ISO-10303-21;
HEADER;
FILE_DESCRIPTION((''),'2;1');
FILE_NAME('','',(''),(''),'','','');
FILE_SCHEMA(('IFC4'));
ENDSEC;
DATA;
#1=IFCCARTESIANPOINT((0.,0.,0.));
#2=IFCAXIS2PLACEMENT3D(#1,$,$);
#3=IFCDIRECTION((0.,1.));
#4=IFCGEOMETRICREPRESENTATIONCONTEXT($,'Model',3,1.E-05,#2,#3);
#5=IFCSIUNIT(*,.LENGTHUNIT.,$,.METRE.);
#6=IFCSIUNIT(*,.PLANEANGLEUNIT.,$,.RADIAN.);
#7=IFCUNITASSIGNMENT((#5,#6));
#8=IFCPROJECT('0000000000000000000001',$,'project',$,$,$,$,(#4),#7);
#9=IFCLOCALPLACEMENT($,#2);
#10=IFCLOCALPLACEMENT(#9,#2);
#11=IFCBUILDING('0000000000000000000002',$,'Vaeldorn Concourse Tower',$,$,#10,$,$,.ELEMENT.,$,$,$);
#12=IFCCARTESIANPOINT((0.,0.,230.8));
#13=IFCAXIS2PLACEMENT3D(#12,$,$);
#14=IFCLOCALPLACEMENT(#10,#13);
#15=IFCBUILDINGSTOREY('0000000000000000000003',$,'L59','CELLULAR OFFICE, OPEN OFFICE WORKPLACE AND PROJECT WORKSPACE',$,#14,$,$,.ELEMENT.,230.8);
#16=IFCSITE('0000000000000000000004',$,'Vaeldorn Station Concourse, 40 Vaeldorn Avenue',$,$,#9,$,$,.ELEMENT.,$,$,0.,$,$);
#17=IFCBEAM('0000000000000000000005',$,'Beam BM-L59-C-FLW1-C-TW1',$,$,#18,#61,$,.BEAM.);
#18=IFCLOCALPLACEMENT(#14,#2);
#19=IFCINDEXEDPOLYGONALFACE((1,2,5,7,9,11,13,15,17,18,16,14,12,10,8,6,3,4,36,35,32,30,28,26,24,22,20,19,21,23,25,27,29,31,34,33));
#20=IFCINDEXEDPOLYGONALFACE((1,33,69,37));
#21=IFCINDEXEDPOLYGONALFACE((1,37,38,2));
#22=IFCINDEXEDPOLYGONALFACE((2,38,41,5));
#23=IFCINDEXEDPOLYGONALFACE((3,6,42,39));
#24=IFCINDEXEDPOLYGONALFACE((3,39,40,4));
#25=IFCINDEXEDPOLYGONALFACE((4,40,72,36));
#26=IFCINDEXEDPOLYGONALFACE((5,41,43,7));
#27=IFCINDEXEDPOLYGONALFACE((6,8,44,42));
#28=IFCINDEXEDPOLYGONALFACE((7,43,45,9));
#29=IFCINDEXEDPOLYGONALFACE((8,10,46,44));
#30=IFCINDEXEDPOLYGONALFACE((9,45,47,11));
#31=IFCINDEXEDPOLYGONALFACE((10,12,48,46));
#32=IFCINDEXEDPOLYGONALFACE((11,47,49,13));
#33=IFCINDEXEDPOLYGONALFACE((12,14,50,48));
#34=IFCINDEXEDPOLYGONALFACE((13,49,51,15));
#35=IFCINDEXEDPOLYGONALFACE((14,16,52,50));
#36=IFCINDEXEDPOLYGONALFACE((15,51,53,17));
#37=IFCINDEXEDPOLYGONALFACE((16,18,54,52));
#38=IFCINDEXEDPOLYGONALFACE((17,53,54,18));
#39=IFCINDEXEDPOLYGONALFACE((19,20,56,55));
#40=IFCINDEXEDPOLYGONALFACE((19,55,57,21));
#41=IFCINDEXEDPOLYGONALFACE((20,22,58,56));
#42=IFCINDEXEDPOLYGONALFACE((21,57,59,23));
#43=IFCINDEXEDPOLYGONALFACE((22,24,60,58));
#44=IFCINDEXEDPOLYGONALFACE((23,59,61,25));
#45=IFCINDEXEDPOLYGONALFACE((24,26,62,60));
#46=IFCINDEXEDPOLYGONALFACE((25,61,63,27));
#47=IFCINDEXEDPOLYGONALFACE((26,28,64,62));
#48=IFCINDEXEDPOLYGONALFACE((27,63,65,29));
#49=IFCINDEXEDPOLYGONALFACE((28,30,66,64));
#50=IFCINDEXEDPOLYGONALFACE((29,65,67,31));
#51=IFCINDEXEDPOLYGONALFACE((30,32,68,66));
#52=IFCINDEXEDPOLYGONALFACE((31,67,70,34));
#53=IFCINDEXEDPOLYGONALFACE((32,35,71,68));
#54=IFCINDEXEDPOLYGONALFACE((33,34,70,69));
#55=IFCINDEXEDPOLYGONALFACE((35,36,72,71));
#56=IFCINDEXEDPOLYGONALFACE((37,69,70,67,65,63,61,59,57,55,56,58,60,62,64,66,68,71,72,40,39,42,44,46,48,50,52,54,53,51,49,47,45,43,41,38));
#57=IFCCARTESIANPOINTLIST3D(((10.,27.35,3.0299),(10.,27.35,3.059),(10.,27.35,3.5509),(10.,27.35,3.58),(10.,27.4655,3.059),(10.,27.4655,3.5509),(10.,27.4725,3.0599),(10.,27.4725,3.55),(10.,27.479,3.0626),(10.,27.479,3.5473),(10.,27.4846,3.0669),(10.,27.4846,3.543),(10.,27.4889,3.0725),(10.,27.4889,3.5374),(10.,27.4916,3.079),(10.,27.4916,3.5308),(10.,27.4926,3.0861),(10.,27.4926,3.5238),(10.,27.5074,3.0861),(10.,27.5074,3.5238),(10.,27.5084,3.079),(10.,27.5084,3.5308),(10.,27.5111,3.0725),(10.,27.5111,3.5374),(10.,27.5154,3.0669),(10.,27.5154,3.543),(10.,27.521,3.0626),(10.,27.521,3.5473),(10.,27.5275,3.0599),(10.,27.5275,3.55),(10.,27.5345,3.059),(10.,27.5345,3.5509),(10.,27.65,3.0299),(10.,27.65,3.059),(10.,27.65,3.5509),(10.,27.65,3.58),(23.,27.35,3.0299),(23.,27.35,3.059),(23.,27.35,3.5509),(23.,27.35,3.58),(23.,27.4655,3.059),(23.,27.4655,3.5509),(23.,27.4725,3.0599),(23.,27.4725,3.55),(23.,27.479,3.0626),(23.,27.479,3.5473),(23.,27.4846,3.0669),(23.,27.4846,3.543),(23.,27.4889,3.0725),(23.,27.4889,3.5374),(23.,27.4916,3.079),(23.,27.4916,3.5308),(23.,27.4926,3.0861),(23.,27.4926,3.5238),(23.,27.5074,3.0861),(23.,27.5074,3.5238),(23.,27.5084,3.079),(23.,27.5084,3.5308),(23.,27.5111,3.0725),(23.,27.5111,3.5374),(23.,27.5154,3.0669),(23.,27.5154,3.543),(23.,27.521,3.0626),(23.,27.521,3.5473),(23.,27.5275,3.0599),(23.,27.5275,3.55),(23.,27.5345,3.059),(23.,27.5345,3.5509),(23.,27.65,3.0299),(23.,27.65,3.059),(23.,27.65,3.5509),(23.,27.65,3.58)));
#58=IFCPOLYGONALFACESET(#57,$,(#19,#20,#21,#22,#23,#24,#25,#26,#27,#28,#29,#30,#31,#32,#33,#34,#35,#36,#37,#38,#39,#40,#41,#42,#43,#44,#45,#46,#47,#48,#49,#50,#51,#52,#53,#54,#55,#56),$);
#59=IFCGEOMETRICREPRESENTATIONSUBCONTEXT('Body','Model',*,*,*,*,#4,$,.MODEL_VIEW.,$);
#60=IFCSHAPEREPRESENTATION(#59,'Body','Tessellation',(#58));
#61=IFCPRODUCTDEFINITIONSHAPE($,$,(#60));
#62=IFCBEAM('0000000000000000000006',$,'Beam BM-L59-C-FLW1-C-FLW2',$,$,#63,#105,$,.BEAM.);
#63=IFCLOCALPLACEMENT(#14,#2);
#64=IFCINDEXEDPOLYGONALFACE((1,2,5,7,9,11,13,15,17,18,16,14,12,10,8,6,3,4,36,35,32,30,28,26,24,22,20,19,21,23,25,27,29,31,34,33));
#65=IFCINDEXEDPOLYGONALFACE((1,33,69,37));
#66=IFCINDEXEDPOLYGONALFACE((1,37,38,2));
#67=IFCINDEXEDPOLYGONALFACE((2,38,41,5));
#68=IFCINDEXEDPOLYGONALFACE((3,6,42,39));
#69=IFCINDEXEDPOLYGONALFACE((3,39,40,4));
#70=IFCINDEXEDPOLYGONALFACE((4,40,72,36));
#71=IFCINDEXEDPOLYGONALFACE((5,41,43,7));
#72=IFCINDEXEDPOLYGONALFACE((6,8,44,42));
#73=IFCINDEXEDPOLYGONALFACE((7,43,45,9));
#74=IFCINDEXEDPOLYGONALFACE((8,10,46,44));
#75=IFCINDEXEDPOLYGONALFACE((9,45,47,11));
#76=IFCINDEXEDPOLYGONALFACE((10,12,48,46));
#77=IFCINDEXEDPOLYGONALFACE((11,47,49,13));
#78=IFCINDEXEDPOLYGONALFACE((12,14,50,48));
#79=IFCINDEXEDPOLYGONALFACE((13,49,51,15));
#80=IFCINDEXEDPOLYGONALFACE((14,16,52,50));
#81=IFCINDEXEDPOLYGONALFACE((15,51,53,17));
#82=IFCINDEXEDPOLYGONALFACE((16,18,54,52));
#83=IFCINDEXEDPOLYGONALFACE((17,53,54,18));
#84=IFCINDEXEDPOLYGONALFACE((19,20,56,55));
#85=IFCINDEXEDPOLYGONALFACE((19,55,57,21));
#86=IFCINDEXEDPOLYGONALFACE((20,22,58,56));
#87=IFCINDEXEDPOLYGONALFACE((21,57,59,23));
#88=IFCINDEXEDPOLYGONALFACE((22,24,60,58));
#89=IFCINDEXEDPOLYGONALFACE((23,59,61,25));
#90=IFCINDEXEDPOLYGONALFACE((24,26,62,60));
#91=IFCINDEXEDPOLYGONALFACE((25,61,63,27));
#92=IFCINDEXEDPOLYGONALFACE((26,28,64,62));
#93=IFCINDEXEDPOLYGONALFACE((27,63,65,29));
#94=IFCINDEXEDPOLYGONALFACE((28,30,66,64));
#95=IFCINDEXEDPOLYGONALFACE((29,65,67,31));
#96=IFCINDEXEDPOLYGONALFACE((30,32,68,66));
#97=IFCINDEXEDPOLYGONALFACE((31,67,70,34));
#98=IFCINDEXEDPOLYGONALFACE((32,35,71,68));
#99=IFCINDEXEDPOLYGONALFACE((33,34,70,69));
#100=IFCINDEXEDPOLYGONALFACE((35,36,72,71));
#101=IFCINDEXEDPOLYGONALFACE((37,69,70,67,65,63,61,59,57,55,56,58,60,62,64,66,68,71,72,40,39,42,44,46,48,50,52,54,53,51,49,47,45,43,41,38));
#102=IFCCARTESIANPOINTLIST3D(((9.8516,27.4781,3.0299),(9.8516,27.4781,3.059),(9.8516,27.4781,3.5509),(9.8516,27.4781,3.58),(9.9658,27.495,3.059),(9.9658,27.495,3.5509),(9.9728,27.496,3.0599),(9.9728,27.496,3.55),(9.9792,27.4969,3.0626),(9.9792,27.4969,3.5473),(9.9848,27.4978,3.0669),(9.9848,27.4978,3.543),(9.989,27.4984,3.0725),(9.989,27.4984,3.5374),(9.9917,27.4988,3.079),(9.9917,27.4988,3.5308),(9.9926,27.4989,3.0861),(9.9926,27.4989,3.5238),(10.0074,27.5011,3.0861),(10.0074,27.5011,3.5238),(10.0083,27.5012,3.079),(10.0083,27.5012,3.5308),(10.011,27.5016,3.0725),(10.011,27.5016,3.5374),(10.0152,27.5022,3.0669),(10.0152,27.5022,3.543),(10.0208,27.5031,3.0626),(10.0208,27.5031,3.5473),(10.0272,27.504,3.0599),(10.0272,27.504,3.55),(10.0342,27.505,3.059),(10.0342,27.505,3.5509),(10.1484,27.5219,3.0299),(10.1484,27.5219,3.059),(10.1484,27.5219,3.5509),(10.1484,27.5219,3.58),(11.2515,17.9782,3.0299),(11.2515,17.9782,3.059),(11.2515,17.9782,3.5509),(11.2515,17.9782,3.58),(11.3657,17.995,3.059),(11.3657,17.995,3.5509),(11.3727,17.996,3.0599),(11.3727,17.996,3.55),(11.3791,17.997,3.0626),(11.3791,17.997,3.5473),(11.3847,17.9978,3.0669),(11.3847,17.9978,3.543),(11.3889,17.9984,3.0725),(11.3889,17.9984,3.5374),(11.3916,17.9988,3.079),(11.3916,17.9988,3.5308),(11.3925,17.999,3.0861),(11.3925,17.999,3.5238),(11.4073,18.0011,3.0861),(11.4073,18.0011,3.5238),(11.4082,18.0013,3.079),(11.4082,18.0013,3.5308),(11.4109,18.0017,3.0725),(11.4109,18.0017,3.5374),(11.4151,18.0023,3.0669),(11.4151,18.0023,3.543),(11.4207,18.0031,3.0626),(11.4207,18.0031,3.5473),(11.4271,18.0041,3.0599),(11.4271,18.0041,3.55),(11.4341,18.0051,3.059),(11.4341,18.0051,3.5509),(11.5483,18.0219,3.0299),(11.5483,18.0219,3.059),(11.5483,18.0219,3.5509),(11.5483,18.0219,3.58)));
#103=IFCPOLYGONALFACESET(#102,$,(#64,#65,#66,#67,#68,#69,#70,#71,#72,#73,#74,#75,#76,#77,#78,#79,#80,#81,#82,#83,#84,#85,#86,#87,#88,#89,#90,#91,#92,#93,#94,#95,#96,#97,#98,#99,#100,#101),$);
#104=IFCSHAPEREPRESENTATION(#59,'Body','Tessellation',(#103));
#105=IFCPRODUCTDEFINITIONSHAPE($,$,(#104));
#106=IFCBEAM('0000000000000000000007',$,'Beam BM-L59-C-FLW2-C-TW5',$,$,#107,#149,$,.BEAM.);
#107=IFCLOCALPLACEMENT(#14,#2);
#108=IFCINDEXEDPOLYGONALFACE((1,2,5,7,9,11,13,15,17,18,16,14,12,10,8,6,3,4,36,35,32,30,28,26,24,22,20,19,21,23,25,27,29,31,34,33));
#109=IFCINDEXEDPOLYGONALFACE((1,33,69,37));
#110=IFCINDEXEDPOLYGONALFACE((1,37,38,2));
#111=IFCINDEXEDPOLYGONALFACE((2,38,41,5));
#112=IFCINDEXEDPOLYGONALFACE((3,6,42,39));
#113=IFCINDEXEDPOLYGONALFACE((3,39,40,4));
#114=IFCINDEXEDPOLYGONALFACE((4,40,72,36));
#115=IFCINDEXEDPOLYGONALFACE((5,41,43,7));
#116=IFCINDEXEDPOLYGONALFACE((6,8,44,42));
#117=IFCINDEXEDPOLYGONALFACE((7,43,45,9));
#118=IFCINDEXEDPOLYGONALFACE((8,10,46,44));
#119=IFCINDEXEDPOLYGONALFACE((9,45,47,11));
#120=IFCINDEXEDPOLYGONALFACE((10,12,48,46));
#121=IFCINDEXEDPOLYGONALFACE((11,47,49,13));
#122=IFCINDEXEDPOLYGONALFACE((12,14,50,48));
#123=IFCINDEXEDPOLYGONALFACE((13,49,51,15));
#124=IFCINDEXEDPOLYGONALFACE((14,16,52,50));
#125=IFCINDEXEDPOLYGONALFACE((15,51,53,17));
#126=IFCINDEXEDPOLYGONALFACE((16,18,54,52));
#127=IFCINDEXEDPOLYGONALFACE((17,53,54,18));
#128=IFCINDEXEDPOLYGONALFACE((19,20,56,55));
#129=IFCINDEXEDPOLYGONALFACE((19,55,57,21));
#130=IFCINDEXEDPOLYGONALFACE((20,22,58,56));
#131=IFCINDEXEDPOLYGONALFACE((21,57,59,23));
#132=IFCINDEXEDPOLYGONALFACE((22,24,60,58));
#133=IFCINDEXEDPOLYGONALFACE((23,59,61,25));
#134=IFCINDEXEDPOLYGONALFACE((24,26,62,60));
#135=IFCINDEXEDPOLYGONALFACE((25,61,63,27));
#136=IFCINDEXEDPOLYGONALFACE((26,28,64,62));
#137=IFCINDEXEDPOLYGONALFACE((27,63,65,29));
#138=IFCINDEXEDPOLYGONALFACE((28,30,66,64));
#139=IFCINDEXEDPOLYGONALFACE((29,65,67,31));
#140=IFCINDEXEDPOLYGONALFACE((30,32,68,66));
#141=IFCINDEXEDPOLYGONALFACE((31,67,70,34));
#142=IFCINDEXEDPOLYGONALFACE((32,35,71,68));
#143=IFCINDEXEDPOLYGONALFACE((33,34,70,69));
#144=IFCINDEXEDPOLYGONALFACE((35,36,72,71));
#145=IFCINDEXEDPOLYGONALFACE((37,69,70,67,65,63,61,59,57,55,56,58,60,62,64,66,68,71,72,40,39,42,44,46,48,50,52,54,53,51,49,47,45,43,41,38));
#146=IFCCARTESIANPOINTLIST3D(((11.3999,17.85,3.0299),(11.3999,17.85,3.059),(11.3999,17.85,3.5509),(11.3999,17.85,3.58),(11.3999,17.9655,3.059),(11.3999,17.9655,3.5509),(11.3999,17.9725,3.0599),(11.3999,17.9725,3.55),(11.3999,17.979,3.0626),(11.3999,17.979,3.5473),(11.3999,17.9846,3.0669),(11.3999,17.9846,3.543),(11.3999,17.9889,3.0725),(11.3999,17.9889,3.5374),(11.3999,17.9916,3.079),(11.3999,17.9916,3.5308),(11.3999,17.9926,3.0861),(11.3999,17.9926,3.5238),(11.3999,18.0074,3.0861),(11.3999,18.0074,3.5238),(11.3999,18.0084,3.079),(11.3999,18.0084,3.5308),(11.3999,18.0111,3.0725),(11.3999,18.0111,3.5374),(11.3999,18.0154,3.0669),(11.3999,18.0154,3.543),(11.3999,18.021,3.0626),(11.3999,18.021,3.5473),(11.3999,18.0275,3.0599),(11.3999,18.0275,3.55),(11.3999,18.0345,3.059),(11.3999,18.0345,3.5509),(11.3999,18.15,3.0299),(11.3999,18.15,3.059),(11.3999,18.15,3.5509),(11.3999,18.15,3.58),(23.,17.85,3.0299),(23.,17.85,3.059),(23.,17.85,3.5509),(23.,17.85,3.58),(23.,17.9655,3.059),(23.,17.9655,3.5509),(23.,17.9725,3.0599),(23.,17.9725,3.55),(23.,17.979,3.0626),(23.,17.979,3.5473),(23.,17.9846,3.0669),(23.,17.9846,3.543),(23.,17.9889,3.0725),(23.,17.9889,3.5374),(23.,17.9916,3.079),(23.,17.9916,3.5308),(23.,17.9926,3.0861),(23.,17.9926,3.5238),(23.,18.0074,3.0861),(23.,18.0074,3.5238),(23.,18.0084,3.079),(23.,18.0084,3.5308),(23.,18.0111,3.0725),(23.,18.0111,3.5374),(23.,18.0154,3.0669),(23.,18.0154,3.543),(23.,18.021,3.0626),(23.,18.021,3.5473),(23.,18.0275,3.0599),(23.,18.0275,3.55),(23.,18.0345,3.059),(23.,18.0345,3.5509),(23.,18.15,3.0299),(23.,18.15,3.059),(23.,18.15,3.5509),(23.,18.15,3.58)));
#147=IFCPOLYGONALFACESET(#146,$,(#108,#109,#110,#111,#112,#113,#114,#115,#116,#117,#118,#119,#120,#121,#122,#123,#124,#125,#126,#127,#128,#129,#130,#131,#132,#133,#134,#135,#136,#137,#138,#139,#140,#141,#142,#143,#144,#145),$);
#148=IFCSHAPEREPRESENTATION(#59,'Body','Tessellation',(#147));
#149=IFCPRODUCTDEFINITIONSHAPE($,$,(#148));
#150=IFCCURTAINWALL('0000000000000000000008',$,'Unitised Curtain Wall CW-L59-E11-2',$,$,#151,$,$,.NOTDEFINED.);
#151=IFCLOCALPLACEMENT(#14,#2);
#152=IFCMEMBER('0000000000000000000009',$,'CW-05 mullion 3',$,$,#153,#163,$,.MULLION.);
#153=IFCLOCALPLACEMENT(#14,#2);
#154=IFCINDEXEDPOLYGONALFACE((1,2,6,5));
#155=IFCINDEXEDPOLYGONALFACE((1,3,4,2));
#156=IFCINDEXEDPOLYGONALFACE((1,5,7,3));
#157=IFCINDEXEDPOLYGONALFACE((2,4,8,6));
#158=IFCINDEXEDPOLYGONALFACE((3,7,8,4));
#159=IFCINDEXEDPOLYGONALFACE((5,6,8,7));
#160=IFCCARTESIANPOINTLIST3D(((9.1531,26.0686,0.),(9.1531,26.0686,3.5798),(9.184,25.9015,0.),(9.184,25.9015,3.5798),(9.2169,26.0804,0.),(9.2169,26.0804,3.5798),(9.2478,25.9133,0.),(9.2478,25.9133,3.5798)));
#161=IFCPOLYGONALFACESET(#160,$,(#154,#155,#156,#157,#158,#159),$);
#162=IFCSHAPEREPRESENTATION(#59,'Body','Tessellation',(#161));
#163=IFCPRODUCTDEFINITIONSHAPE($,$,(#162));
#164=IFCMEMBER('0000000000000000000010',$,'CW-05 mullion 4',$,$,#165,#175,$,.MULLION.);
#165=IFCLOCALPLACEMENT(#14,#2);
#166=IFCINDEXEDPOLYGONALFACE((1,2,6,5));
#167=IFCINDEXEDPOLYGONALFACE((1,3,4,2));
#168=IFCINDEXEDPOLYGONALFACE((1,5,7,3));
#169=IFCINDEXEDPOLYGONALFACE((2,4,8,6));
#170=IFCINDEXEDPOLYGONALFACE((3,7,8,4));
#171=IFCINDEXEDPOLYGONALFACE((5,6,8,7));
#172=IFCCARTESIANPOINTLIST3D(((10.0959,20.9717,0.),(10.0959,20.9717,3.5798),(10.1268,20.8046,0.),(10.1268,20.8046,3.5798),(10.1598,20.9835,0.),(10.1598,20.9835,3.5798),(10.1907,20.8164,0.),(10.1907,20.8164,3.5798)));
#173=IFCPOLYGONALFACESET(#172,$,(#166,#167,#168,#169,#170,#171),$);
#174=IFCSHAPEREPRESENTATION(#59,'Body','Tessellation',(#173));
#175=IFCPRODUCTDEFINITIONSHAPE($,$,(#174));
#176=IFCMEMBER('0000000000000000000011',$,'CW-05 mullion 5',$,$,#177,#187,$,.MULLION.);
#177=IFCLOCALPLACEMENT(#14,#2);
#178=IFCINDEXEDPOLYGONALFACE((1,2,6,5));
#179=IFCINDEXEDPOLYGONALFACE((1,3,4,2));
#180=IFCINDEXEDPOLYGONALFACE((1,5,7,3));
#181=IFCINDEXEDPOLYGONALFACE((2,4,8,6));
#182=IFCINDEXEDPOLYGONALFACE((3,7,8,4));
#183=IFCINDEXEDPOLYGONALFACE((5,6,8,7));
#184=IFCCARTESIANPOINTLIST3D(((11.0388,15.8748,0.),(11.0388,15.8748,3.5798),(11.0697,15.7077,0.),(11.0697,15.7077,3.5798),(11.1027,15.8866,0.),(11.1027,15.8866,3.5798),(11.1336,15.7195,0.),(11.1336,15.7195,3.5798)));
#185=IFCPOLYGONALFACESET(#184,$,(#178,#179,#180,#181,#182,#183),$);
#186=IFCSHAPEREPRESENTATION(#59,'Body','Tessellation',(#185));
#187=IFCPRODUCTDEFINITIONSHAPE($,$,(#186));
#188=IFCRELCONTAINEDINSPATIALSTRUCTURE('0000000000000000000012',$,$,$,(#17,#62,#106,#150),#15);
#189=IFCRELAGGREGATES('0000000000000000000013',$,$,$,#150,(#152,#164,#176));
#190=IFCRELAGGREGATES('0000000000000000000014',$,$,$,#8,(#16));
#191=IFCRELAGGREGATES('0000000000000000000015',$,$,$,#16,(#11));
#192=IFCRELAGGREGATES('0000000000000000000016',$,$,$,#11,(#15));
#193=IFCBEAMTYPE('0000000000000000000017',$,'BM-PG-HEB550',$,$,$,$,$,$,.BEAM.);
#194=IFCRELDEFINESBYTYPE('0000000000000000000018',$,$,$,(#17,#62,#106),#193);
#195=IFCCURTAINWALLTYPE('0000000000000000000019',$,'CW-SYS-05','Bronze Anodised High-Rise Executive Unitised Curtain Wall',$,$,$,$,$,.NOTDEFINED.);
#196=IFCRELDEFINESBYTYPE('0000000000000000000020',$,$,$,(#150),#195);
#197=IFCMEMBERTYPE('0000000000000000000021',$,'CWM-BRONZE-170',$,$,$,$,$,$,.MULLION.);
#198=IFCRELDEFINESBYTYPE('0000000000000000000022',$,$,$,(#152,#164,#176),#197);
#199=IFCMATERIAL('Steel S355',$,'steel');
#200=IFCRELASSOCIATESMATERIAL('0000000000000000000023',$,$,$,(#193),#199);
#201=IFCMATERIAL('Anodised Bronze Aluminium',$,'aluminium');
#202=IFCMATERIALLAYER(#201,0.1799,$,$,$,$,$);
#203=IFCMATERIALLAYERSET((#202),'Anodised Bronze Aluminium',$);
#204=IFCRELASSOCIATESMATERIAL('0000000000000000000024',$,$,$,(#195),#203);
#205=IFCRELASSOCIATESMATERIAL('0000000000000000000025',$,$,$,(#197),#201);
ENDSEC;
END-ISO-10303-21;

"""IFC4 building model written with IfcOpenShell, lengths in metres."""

from ifc_helpers import new_model, si_unit, direction, frame, origin, origin_2d, place, context, subcontext, project, spatial, rectangle, i_section, extrude, source, transform, mapped, material, layer, layer_set, material_profile, profile_set, type_object, element, aggregate, save


model = new_model("IFC4")

# Units and contexts
model_context = context("Model", 3, precision=1e-05, world=origin(), true_north=direction((0.0, 1.0)))
body_context = subcontext(model_context, "Body", "Model", "MODEL_VIEW")
ifc_project = project(units=[si_unit("LENGTHUNIT", "METRE"), si_unit("PLANEANGLEUNIT", "RADIAN")], contexts=[model_context])

# Site, building, storey
site_placement = place(None, origin())
site = spatial("IfcSite", under=ifc_project, at=site_placement, Name="Vaeldorn Station Concourse, 40 Vaeldorn Avenue", CompositionType="ELEMENT", RefElevation=0.0)
building_placement = place(site_placement, origin())
building = spatial("IfcBuilding", under=site, at=building_placement, Name="Vaeldorn Concourse Tower", CompositionType="ELEMENT")
storey_placement = place(building_placement, frame((0.0, 0.0, 230.8)))
storey = spatial("IfcBuildingStorey", under=building, at=storey_placement, Name="L59", Description="CELLULAR OFFICE, OPEN OFFICE WORKPLACE AND PROJECT WORKSPACE", CompositionType="ELEMENT", Elevation=230.8)

# Shared definitions
ifc_material_1 = material(Name="Steel S355", Category="steel")

# Beams
ifc_material_profile_1 = material_profile(ifc_material_1, i_section(OverallWidth=0.3, OverallDepth=0.55, WebThickness=0.0149, FlangeThickness=0.0291, FilletRadius=0.0271, at=origin_2d()), Name="HEB 550")
ifc_profile_set_1 = profile_set([ifc_material_profile_1], Name="Steel S355")
beam_type_1 = type_object("IfcBeamType", Name="BM-PG-HEB550", PredefinedType="BEAM", material=ifc_profile_set_1)
shared_shape_1 = source(origin(), body_context, "Body", "SweptSolid", [
    extrude(i_section(OverallWidth=0.3, OverallDepth=0.55, WebThickness=0.0149, FlangeThickness=0.0291, FilletRadius=0.0271, at=origin_2d()), origin(), (0.0, 0.0, 1.0), 13.0),
])
beam_1_placement = place(storey_placement, frame((10.0, 27.5, 3.3049), z_axis=(1.0, 0.0, 0.0), x_axis=(0.0, 1.0, 0.0)))
element("IfcBeam", 1, at=beam_1_placement, inside=storey, type_object=beam_type_1, Name="Beam BM-L59-C-FLW1-C-TW1", PredefinedType="BEAM", context=body_context, shape_type="MappedRepresentation", body=[
    mapped(shared_shape_1, transform((0.0, 0.0, 0.0), scale=1.0)),
])
shared_shape_2 = source(origin(), body_context, "Body", "SweptSolid", [
    extrude(i_section(OverallWidth=0.3, OverallDepth=0.55, WebThickness=0.0149, FlangeThickness=0.0291, FilletRadius=0.0271, at=origin_2d()), origin(), (0.0, 0.0, 1.0), 9.6025),
])
beam_2_placement = place(storey_placement, frame((10.0, 27.5, 3.3049), z_axis=(0.145784, -0.989316, 0.0), x_axis=(0.989316, 0.145784, 0.0)))
element("IfcBeam", 2, at=beam_2_placement, inside=storey, type_object=beam_type_1, Name="Beam BM-L59-C-FLW1-C-FLW2", PredefinedType="BEAM", context=body_context, shape_type="MappedRepresentation", body=[
    mapped(shared_shape_2, transform((0.0, 0.0, 0.0), scale=1.0)),
])
shared_shape_3 = source(origin(), body_context, "Body", "SweptSolid", [
    extrude(i_section(OverallWidth=0.3, OverallDepth=0.55, WebThickness=0.0149, FlangeThickness=0.0291, FilletRadius=0.0271, at=origin_2d()), origin(), (0.0, 0.0, 1.0), 11.6001),
])
beam_3_placement = place(storey_placement, frame((11.3999, 18.0, 3.3049), z_axis=(1.0, 0.0, 0.0), x_axis=(0.0, 1.0, 0.0)))
element("IfcBeam", 3, at=beam_3_placement, inside=storey, type_object=beam_type_1, Name="Beam BM-L59-C-FLW2-C-TW5", PredefinedType="BEAM", context=body_context, shape_type="MappedRepresentation", body=[
    mapped(shared_shape_3, transform((0.0, 0.0, 0.0), scale=1.0)),
])

# Curtain wall, members
ifc_material_2 = material(Name="Anodised Bronze Aluminium", Category="aluminium")
ifc_layer_1 = layer(ifc_material_2, 0.1799)
ifc_layer_set_1 = layer_set([ifc_layer_1], Name="Anodised Bronze Aluminium")
curtain_wall_type = type_object("IfcCurtainWallType", Name="CW-SYS-05", Description="Bronze Anodised High-Rise Executive Unitised Curtain Wall", PredefinedType="NOTDEFINED", material=ifc_layer_set_1)
curtain_wall_placement = place(storey_placement, origin())
curtain_wall = element("IfcCurtainWall", 4, at=curtain_wall_placement, inside=storey, type_object=curtain_wall_type, Name="Unitised Curtain Wall CW-L59-E11-2", PredefinedType="NOTDEFINED")
ifc_material_profile_2 = material_profile(ifc_material_2, rectangle(XDim=0.0649, YDim=0.1699, at=origin_2d()), Name="CWM 65x170")
ifc_profile_set_2 = profile_set([ifc_material_profile_2], Name="Anodised Bronze Aluminium")
member_type_1 = type_object("IfcMemberType", Name="CWM-BRONZE-170", PredefinedType="MULLION", material=ifc_profile_set_2)
shared_shape_4 = source(origin(), body_context, "Body", "SweptSolid", [
    extrude(rectangle(XDim=0.0649, YDim=0.1699, at=origin_2d()), origin(), (0.0, 0.0, 1.0), 3.5798),
])
member_1_placement = place(storey_placement, frame((9.2004, 25.991, 0.0), z_axis=(0.0, 0.0, 1.0), x_axis=(0.983319, 0.18189, 0.0)))
member_1 = element("IfcMember", 5, at=member_1_placement, type_object=member_type_1, Name="CW-05 mullion 3", PredefinedType="MULLION", context=body_context, shape_type="MappedRepresentation", body=[
    mapped(shared_shape_4, transform((0.0, 0.0, 0.0), scale=1.0)),
])
member_2_placement = place(storey_placement, frame((10.1433, 20.894, 0.0), z_axis=(0.0, 0.0, 1.0), x_axis=(0.983319, 0.18189, 0.0)))
member_2 = element("IfcMember", 6, at=member_2_placement, type_object=member_type_1, Name="CW-05 mullion 4", PredefinedType="MULLION", context=body_context, shape_type="MappedRepresentation", body=[
    mapped(shared_shape_4, transform((0.0, 0.0, 0.0), scale=1.0)),
])
member_3_placement = place(storey_placement, frame((11.0862, 15.7971, 0.0), z_axis=(0.0, 0.0, 1.0), x_axis=(0.983319, 0.18189, 0.0)))
member_3 = element("IfcMember", 7, at=member_3_placement, type_object=member_type_1, Name="CW-05 mullion 5", PredefinedType="MULLION", context=body_context, shape_type="MappedRepresentation", body=[
    mapped(shared_shape_4, transform((0.0, 0.0, 0.0), scale=1.0)),
])
aggregate(curtain_wall, [member_1, member_2, member_3])

save(model, "model.ifc")
